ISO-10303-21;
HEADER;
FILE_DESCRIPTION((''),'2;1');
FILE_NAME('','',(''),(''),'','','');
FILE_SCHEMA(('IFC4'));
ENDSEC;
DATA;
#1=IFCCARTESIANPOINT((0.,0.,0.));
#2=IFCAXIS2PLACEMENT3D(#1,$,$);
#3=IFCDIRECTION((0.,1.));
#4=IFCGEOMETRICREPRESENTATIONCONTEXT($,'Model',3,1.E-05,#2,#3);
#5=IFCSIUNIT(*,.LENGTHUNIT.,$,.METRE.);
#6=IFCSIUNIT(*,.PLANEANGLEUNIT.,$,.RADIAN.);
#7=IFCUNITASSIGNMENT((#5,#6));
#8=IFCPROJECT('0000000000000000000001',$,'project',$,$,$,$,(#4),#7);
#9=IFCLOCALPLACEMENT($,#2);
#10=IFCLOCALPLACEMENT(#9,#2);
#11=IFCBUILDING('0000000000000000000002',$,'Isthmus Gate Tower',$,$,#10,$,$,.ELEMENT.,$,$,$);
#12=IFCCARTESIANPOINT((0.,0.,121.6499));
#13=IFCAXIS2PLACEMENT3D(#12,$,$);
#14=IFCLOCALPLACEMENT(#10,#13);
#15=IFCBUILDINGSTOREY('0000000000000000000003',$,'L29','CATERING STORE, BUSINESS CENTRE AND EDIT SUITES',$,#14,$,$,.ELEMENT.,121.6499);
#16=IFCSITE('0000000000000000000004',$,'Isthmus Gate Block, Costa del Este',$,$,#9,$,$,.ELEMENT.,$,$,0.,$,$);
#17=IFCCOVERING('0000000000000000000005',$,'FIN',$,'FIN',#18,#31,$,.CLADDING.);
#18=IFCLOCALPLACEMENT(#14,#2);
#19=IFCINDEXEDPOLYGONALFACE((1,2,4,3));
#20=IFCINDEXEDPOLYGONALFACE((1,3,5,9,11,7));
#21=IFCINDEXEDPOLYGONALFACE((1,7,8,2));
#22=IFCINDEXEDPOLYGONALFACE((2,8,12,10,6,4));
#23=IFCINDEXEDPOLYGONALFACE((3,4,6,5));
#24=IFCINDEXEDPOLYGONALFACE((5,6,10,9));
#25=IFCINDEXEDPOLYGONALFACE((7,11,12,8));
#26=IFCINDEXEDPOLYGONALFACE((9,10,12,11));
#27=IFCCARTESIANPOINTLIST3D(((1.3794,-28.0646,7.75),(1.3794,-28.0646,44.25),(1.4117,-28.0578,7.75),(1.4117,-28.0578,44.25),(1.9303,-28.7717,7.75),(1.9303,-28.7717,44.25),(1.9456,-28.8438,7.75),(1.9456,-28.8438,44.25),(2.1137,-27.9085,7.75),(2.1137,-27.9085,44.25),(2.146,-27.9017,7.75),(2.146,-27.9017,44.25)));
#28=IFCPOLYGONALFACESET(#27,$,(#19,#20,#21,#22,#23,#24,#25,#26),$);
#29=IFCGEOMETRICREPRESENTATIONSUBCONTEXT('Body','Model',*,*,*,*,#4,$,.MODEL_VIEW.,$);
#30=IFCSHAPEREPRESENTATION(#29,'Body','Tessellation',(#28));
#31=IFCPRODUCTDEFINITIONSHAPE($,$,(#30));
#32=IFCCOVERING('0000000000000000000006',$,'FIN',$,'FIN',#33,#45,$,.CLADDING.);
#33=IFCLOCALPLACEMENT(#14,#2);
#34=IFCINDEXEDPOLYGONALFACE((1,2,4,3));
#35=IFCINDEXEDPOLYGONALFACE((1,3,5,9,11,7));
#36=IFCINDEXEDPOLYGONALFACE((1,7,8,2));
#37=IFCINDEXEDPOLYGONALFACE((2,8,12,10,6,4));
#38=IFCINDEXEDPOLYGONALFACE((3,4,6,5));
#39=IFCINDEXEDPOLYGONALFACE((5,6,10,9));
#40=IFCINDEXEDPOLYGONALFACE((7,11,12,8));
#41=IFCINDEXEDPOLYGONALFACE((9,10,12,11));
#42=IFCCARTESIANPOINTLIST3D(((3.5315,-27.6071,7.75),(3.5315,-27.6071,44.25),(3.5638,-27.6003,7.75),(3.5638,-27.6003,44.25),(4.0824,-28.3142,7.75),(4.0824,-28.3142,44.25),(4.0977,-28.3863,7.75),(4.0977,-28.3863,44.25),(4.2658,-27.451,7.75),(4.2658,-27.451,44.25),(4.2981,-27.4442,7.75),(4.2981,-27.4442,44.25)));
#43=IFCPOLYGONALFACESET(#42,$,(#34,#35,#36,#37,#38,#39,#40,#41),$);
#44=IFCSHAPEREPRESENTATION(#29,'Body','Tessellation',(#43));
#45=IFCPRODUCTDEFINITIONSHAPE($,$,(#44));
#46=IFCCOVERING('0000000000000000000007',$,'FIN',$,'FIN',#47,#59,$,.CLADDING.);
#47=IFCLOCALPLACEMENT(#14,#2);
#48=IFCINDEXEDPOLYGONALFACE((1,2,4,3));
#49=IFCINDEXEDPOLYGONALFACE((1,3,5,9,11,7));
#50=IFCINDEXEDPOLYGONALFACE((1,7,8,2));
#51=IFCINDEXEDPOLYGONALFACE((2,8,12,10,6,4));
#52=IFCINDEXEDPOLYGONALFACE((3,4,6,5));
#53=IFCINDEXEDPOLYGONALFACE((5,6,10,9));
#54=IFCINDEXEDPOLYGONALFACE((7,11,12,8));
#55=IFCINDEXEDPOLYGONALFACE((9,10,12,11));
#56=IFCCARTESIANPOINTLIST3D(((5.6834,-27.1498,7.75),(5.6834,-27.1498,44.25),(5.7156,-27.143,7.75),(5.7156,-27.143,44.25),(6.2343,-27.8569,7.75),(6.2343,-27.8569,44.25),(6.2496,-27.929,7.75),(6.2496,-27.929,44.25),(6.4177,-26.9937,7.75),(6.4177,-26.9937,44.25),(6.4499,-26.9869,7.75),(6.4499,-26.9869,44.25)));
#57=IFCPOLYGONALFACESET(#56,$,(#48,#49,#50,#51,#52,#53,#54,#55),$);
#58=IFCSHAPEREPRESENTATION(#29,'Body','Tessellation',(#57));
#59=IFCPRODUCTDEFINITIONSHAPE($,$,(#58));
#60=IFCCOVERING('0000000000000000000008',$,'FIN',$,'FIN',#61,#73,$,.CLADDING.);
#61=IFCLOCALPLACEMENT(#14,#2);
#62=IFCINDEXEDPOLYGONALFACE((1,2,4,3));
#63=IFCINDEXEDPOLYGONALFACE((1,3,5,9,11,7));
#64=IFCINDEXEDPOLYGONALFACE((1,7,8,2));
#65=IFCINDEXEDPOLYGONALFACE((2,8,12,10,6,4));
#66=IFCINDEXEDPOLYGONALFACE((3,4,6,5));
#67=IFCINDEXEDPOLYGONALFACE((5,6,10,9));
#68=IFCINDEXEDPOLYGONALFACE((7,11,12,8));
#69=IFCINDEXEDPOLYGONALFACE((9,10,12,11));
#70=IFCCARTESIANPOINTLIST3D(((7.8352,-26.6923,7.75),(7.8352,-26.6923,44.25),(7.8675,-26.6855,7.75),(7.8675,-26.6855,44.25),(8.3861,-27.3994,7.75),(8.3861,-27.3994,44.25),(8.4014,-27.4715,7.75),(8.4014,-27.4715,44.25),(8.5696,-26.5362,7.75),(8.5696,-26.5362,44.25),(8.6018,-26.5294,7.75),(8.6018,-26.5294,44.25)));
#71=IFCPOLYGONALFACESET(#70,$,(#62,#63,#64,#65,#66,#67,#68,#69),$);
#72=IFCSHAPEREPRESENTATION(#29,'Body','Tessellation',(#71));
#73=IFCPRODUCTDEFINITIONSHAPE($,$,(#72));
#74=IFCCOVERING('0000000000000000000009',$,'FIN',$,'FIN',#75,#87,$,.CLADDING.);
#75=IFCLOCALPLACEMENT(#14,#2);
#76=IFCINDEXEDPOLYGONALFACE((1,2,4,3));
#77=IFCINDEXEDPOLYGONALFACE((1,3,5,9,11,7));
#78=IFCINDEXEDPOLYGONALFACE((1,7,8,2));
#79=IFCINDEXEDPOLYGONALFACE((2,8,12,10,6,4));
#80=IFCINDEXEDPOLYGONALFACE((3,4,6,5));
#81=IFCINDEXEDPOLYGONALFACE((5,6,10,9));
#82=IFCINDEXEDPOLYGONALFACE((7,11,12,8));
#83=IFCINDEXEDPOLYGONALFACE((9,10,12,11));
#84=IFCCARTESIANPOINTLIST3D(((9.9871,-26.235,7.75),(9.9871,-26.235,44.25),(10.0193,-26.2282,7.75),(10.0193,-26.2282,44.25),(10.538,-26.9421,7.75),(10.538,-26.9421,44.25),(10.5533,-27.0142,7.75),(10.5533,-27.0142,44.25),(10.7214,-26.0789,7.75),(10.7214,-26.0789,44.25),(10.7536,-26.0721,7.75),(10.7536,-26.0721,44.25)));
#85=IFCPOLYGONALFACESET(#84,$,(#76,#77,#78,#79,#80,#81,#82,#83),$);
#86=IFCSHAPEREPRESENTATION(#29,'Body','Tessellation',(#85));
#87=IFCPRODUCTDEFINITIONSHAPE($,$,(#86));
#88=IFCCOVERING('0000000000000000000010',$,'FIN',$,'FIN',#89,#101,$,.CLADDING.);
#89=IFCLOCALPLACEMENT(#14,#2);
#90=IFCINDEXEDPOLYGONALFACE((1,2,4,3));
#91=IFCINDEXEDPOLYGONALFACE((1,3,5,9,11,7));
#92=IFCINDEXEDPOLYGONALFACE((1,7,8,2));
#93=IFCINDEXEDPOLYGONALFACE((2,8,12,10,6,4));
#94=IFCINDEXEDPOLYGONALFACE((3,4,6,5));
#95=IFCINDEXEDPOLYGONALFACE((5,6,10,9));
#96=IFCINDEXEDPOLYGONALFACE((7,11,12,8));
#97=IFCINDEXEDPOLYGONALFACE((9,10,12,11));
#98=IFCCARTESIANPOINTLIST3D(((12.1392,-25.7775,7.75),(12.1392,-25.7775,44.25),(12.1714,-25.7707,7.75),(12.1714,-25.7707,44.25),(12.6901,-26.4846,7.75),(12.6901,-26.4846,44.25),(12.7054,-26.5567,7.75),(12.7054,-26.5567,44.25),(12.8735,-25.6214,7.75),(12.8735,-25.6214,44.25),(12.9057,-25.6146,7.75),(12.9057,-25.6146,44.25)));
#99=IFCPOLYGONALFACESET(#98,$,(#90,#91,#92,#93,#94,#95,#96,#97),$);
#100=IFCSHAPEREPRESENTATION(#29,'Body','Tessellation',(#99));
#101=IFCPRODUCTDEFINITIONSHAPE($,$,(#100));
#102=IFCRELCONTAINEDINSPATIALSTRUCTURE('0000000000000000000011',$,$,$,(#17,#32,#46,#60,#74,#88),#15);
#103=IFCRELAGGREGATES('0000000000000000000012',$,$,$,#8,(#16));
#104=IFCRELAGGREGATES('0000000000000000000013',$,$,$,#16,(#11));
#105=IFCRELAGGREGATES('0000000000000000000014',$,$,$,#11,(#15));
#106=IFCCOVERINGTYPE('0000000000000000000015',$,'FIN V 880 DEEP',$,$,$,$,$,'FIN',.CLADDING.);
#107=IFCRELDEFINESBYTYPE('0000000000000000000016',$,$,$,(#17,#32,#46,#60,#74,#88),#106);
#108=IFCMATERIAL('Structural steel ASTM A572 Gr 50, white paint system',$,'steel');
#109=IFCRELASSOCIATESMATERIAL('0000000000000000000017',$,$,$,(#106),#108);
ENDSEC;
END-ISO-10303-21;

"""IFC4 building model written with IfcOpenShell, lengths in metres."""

from ifc_helpers import new_model, si_unit, direction, frame, origin, place, context, subcontext, project, spatial, polyline, outline, extrude, material, material_profile, profile_set, type_object, element, save


model = new_model("IFC4")

# Units and contexts
model_context = context("Model", 3, precision=1e-05, world=origin(), true_north=direction((0.0, 1.0)))
body_context = subcontext(model_context, "Body", "Model", "MODEL_VIEW")
ifc_project = project(units=[si_unit("LENGTHUNIT", "METRE"), si_unit("PLANEANGLEUNIT", "RADIAN")], contexts=[model_context])

# Site, building, storey
site_placement = place(None, origin())
site = spatial("IfcSite", under=ifc_project, at=site_placement, Name="Isthmus Gate Block, Costa del Este", CompositionType="ELEMENT", RefElevation=0.0)
building_placement = place(site_placement, origin())
building = spatial("IfcBuilding", under=site, at=building_placement, Name="Isthmus Gate Tower", CompositionType="ELEMENT")
storey_placement = place(building_placement, frame((0.0, 0.0, 121.6499)))
storey = spatial("IfcBuildingStorey", under=building, at=storey_placement, Name="L29", Description="CATERING STORE, BUSINESS CENTRE AND EDIT SUITES", CompositionType="ELEMENT", Elevation=121.6499)

# Coverings
ifc_material_1 = material(Name="Structural steel ASTM A572 Gr 50, white paint system", Category="steel")
ifc_material_profile_1 = material_profile(ifc_material_1, outline(polyline([(0.0, -0.3918), (0.8799, 0.0), (0.0, 0.3918), (0.0, 0.3589), (0.8062, 0.0), (0.0, -0.3589), (0.0, -0.3918)])), Name="V880")
ifc_profile_set_1 = profile_set([ifc_material_profile_1], Name="Structural steel ASTM A572 Gr 50, white paint system")
covering_type_1 = type_object("IfcCoveringType", Name="FIN V 880 DEEP", ElementType="FIN", PredefinedType="CLADDING", material=ifc_profile_set_1)
for number, where, z_axis, x_axis, name in (
    (1, (1.7627, -27.9832, 7.75), (0.0, 0.0, 1.0), (0.207912, -0.978148, 0.0), "FIN"),
    (2, (3.9148, -27.5256, 7.75), (0.0, 0.0, 1.0), (0.207912, -0.978148, 0.0), "FIN"),
    (3, (6.0667, -27.0684, 7.75), (0.0, 0.0, 1.0), (0.207912, -0.978148, 0.0), "FIN"),
    (4, (8.2185, -26.6108, 7.75), (0.0, 0.0, 1.0), (0.207912, -0.978148, 0.0), "FIN"),
    (5, (10.3704, -26.1536, 7.75), (0.0, 0.0, 1.0), (0.207912, -0.978148, 0.0), "FIN"),
    (6, (12.5225, -25.696, 7.75), (0.0, 0.0, 1.0), (0.207912, -0.978148, 0.0), "FIN"),
):
    element("IfcCovering", number, at=place(storey_placement, frame(where, z_axis=z_axis, x_axis=x_axis)), inside=storey, type_object=covering_type_1, Name=name, ObjectType="FIN", PredefinedType="CLADDING", context=body_context, shape_type="SweptSolid", body=[
        extrude(outline(polyline([(0.0, -0.3918), (0.8799, 0.0), (0.0, 0.3918), (0.0, 0.3589), (0.8062, 0.0), (0.0, -0.3589), (0.0, -0.3918)])), origin(), (0.0, 0.0, 1.0), 36.5),
    ])

save(model, "model.ifc")
